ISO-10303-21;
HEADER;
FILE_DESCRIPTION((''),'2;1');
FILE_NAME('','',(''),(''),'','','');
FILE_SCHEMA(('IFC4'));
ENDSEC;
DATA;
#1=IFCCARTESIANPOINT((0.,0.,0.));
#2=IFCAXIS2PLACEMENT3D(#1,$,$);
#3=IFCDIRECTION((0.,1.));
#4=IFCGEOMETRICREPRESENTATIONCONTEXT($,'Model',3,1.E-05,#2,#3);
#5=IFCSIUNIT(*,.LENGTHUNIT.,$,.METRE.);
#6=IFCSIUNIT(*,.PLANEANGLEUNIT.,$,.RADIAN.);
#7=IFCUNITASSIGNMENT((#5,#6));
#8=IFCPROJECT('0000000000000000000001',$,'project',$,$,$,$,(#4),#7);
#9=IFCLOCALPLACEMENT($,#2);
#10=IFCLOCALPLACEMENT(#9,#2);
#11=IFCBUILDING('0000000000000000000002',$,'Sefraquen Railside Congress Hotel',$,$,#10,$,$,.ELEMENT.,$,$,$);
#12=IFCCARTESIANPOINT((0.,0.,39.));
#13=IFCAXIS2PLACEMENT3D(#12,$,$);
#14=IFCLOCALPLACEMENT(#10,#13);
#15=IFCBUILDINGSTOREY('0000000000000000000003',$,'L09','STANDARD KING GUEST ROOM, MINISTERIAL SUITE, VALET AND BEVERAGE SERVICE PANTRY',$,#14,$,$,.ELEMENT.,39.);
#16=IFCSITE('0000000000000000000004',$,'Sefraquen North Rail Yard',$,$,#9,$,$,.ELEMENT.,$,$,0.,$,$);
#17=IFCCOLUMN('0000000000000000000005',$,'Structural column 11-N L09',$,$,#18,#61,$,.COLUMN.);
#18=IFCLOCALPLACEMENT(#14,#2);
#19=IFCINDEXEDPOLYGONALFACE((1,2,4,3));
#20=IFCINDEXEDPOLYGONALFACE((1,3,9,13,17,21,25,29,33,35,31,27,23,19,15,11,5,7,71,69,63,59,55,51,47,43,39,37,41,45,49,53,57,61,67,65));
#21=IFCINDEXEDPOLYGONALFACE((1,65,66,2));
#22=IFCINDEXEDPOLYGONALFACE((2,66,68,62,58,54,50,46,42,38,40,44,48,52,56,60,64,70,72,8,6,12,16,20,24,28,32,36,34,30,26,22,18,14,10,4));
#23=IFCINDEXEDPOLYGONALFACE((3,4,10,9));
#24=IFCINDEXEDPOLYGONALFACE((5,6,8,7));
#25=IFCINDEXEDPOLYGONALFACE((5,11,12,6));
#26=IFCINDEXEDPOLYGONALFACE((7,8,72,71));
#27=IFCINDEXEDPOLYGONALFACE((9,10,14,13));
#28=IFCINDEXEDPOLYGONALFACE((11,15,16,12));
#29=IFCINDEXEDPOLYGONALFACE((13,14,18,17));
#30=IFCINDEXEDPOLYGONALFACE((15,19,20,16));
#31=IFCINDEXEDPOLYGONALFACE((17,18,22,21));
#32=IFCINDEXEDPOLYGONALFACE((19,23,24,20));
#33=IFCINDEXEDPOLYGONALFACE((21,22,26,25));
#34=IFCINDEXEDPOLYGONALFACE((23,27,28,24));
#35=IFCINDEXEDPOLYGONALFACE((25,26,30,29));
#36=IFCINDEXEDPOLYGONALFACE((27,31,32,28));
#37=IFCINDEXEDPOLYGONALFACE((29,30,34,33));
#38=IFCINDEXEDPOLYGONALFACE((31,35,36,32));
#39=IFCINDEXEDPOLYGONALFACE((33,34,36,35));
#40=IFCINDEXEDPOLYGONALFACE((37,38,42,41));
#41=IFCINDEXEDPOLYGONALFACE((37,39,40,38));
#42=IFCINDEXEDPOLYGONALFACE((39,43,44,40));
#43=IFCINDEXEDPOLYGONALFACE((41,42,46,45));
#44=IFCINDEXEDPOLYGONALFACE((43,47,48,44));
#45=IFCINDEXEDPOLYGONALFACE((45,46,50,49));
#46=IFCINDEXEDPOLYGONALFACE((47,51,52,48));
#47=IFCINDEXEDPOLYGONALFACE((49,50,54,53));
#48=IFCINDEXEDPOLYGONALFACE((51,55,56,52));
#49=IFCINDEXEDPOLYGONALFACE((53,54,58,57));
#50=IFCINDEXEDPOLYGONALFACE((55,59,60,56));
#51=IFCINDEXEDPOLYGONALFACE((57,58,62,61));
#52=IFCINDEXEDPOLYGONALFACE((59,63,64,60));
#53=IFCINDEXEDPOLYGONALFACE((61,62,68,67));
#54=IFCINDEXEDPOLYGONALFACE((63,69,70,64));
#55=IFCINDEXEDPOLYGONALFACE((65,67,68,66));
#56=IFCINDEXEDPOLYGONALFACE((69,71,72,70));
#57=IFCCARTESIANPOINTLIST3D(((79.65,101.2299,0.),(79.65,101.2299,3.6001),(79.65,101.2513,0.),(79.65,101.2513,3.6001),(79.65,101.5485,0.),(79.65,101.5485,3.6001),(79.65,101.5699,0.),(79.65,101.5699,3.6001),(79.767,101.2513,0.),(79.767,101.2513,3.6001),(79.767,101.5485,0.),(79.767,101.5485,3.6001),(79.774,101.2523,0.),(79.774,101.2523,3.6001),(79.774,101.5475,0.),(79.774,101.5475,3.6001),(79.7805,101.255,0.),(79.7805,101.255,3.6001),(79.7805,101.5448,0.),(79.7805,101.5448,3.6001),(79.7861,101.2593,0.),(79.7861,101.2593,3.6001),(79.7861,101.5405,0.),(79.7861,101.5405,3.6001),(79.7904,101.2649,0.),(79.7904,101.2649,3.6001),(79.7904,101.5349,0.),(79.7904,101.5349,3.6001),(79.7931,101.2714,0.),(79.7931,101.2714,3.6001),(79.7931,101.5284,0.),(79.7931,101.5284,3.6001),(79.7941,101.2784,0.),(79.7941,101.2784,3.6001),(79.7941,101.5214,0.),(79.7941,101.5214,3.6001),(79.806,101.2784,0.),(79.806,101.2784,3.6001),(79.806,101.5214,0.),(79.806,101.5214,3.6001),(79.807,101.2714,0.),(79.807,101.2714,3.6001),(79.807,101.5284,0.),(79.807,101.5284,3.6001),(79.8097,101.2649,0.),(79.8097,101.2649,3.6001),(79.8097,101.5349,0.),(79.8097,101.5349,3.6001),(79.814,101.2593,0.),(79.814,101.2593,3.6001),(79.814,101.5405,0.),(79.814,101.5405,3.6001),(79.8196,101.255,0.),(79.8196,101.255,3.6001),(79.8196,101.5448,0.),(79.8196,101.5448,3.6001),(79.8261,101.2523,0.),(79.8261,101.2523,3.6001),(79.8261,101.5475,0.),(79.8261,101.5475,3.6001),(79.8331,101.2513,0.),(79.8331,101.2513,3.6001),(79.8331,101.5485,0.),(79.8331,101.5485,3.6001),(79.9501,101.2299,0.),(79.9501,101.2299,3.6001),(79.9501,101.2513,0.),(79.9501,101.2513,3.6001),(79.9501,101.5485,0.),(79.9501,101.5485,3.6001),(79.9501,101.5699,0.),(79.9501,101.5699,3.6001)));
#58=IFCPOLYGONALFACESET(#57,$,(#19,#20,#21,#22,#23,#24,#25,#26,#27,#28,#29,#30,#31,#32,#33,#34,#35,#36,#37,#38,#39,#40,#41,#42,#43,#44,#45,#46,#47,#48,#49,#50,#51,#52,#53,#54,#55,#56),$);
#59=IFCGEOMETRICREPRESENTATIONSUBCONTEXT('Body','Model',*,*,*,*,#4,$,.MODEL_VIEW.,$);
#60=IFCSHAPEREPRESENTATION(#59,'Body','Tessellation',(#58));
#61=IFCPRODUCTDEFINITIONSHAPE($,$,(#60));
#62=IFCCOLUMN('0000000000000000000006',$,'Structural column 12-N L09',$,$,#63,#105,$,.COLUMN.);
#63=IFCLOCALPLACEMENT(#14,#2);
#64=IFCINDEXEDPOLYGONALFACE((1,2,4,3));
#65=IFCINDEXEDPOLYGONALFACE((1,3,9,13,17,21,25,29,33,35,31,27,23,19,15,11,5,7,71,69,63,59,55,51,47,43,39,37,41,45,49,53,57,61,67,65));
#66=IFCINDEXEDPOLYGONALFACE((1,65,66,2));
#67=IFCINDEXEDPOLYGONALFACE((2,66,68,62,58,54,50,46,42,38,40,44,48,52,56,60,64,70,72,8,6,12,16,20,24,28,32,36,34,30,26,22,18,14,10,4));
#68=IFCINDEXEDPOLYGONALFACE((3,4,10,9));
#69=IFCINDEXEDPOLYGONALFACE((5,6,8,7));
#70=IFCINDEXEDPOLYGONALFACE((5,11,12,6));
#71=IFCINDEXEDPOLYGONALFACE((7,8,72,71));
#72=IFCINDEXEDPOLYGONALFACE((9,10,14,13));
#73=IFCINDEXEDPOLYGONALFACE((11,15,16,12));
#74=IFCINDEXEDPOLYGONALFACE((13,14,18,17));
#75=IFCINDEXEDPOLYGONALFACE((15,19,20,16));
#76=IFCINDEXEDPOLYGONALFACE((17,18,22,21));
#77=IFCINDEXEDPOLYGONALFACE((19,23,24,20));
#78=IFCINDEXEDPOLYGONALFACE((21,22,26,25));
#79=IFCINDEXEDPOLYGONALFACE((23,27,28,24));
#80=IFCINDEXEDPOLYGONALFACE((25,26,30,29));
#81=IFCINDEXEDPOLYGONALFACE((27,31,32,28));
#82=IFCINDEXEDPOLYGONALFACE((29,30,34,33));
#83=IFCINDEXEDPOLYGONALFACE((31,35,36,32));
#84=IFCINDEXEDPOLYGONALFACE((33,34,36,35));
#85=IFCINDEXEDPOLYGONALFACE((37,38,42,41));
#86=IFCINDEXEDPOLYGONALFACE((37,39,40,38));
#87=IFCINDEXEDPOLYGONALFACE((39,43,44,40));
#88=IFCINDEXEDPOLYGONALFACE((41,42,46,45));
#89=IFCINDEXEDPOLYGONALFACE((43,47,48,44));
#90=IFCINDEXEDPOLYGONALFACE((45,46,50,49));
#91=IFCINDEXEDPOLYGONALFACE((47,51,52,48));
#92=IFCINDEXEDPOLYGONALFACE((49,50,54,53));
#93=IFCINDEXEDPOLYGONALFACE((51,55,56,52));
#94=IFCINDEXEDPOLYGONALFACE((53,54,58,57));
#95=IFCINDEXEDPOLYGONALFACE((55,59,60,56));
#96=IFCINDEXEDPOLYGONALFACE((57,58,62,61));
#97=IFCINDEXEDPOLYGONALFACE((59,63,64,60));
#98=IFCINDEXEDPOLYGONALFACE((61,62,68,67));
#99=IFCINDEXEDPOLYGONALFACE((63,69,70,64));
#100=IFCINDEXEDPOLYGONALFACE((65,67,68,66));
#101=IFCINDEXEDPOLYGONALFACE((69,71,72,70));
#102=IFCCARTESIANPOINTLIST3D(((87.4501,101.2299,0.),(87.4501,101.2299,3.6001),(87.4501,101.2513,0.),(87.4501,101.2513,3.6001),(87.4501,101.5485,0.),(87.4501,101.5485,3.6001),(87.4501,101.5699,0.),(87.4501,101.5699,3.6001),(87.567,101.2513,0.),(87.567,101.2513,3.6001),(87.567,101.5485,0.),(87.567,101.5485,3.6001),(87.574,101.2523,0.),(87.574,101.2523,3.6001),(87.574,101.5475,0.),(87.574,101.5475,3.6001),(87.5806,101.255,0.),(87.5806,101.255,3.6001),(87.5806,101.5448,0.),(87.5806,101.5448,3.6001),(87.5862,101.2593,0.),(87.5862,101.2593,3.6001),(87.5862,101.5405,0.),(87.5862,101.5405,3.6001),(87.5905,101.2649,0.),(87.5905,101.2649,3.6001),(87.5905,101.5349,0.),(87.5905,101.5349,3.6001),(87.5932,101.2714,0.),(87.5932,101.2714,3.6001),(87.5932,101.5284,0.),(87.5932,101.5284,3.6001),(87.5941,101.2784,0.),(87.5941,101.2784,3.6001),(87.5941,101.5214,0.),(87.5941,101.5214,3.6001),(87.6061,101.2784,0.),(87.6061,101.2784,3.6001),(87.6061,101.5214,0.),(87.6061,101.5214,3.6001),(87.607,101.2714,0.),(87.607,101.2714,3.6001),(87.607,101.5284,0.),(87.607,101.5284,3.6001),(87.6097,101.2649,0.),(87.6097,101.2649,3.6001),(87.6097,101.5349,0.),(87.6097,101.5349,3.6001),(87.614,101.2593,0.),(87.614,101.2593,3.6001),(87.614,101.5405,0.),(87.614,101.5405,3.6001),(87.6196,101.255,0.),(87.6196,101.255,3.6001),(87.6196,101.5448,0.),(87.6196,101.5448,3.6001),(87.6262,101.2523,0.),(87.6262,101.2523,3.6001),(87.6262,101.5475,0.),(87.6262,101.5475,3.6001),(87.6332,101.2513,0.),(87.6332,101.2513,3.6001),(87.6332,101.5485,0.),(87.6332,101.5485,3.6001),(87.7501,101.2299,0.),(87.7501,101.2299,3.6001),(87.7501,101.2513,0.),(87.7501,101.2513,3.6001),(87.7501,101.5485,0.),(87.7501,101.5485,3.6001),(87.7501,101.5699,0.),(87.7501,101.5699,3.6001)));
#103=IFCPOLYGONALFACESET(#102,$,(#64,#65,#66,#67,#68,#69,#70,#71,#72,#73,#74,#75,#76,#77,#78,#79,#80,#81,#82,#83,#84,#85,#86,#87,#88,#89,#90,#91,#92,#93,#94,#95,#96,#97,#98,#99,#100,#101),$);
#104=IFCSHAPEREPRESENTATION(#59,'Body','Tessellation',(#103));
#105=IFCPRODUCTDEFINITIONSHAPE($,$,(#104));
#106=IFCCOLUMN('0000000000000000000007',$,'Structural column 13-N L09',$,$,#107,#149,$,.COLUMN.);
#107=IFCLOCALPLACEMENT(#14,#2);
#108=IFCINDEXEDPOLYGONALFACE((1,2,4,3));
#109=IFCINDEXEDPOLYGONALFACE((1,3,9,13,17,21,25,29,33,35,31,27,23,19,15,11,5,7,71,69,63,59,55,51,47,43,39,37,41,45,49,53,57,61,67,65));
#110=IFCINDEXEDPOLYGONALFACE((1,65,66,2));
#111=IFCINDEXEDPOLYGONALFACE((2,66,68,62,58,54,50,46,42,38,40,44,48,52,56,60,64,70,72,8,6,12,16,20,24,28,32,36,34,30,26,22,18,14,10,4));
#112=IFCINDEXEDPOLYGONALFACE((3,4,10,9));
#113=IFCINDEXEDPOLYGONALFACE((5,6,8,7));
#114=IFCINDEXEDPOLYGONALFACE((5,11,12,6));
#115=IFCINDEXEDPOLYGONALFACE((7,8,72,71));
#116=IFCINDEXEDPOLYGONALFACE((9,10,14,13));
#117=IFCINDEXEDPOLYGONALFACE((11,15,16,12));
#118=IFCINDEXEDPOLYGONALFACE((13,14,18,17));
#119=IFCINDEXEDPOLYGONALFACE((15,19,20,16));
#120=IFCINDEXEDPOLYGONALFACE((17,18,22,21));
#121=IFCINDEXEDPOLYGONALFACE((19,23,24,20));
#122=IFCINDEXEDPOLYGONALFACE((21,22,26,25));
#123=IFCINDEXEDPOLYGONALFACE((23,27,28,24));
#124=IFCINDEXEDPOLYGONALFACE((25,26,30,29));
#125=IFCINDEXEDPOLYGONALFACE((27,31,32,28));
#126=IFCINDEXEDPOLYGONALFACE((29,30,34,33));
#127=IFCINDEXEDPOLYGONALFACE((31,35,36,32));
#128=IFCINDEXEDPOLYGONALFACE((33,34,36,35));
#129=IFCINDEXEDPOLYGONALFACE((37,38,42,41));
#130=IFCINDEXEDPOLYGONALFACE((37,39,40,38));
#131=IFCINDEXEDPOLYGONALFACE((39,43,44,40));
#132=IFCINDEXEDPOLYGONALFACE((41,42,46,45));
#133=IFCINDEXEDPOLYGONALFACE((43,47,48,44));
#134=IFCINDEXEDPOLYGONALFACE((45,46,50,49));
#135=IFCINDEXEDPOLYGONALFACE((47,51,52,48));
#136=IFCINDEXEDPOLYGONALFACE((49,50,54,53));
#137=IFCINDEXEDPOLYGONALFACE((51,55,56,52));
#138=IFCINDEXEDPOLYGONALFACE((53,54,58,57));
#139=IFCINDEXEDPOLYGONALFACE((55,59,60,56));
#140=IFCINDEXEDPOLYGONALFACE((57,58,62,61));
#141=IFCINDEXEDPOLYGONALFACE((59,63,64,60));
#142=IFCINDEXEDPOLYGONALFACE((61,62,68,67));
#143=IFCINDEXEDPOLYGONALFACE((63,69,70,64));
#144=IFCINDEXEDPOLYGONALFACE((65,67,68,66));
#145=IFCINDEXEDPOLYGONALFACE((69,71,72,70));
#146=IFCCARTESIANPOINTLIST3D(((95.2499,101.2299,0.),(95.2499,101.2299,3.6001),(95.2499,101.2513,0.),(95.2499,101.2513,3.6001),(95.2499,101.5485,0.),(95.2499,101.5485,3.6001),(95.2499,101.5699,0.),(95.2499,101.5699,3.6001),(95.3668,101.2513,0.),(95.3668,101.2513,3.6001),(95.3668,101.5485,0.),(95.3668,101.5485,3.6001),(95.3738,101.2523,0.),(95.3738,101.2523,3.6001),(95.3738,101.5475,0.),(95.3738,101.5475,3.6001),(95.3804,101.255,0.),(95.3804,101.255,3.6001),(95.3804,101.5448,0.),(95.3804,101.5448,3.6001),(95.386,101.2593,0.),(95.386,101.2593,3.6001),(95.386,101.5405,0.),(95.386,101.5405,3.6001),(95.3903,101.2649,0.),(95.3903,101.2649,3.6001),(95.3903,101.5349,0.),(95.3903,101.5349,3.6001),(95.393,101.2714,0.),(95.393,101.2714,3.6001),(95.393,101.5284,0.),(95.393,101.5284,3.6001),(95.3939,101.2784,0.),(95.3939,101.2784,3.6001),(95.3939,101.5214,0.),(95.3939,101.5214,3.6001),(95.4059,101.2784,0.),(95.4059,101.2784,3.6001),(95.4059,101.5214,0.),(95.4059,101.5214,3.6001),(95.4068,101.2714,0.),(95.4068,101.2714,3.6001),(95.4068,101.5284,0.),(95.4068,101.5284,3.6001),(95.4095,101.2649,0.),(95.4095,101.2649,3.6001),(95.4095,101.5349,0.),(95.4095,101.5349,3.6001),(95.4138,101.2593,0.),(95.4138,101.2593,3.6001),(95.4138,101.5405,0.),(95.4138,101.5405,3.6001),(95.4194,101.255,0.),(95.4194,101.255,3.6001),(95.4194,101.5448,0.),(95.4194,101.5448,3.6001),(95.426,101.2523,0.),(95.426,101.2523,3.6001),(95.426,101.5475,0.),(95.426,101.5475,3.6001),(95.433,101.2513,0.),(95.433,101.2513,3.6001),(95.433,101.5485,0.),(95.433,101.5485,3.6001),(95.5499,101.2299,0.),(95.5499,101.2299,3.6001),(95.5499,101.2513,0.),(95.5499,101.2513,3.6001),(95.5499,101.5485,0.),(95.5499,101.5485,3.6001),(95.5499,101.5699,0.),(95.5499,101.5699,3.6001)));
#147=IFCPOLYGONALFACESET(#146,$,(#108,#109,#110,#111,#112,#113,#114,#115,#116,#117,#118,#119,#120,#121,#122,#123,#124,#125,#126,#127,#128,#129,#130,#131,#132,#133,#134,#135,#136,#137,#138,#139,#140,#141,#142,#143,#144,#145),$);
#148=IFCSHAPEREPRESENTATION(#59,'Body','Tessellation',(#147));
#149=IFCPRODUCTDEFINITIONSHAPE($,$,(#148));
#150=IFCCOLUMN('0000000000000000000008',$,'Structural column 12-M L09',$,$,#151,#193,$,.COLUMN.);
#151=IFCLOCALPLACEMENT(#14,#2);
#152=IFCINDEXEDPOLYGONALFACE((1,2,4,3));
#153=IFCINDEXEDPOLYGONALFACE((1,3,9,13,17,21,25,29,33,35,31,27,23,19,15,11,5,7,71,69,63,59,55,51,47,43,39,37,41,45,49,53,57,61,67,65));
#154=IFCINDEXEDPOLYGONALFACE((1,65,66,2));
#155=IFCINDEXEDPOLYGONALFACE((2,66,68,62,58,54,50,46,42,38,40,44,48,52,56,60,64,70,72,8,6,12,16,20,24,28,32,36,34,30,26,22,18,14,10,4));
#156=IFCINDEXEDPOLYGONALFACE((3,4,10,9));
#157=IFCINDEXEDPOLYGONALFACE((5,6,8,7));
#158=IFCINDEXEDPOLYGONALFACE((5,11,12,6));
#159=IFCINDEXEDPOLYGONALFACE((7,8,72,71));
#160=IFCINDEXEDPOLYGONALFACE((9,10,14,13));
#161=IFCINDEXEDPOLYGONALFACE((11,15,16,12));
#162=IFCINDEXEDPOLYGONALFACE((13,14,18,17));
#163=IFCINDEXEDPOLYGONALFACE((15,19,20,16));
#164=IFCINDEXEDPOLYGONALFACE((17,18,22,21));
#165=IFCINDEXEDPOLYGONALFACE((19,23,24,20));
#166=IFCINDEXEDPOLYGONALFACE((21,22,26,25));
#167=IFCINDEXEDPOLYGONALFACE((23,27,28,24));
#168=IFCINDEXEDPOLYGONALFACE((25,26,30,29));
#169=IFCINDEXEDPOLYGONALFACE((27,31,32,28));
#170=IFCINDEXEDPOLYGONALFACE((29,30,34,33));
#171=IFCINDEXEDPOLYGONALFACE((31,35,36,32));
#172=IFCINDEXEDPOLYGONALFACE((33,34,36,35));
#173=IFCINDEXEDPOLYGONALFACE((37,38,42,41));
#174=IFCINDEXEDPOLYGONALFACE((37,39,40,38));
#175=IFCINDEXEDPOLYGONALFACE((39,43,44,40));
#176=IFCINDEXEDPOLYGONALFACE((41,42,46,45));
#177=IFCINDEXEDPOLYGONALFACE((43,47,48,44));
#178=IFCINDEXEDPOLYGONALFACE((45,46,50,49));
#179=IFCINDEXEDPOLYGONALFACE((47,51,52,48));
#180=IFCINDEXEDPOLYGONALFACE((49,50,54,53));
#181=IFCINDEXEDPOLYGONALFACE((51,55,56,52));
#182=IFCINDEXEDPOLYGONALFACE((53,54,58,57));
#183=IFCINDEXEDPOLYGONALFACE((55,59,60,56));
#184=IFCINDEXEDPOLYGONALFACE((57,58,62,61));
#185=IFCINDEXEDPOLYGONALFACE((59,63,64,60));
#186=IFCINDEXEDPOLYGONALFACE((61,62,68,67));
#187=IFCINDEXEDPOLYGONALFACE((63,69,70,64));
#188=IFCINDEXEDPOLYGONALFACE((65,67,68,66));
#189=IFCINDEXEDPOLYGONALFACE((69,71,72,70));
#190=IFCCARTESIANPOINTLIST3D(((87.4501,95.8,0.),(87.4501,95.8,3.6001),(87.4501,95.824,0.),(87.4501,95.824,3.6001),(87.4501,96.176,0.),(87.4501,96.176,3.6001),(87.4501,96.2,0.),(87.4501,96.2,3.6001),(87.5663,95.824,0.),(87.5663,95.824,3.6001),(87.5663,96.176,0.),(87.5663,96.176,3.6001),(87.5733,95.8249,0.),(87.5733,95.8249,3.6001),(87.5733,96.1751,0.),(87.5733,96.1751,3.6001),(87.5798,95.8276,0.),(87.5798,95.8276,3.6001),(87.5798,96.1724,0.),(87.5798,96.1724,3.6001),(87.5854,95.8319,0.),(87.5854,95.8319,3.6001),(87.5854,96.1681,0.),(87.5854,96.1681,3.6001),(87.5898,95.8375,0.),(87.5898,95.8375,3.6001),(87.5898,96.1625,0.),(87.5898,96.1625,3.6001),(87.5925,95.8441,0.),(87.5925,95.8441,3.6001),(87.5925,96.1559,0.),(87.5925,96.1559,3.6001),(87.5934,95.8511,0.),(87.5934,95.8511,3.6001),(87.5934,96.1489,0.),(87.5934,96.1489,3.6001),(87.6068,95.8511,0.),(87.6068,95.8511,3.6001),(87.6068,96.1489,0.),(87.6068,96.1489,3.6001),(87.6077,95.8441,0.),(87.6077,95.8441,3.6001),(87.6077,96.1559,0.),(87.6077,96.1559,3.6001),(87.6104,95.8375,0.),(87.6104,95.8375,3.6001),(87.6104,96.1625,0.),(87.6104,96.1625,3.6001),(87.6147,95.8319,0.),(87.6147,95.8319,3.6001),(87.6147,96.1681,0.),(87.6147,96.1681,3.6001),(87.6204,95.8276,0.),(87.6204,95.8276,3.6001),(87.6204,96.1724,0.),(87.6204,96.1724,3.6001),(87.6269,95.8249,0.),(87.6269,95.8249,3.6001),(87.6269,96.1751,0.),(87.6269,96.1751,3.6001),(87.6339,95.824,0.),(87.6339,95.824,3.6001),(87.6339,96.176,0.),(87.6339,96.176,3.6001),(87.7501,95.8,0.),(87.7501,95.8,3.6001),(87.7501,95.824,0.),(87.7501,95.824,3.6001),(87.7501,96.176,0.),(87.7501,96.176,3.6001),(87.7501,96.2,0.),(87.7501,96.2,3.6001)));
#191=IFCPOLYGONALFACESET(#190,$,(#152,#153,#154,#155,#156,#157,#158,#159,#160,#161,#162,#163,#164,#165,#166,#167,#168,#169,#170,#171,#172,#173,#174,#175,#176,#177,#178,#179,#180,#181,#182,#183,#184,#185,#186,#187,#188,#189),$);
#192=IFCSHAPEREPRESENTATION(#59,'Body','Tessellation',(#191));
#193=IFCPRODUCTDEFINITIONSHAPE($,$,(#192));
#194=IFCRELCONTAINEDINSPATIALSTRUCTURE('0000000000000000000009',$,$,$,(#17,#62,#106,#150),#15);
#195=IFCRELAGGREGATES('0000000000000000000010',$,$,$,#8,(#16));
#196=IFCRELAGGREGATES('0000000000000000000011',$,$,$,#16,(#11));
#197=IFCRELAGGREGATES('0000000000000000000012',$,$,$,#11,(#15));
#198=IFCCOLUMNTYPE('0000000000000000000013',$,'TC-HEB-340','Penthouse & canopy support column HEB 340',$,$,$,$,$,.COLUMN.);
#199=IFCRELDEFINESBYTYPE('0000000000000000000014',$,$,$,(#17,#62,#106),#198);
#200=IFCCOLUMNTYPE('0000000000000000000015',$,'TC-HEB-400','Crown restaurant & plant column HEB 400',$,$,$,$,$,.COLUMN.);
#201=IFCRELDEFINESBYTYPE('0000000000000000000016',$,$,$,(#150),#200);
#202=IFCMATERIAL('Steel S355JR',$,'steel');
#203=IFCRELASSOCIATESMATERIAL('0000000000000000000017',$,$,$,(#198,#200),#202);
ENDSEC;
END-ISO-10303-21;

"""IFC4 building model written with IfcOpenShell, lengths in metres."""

from ifc_helpers import new_model, si_unit, direction, frame, origin, origin_2d, place, context, subcontext, project, spatial, i_section, extrude, material, material_profile, profile_set, type_object, element, save


model = new_model("IFC4")

# Units and contexts
model_context = context("Model", 3, precision=1e-05, world=origin(), true_north=direction((0.0, 1.0)))
body_context = subcontext(model_context, "Body", "Model", "MODEL_VIEW")
ifc_project = project(units=[si_unit("LENGTHUNIT", "METRE"), si_unit("PLANEANGLEUNIT", "RADIAN")], contexts=[model_context])

# Site, building, storey
site_placement = place(None, origin())
site = spatial("IfcSite", under=ifc_project, at=site_placement, Name="Sefraquen North Rail Yard", CompositionType="ELEMENT", RefElevation=0.0)
building_placement = place(site_placement, origin())
building = spatial("IfcBuilding", under=site, at=building_placement, Name="Sefraquen Railside Congress Hotel", CompositionType="ELEMENT")
storey_placement = place(building_placement, frame((0.0, 0.0, 39.0)))
storey = spatial("IfcBuildingStorey", under=building, at=storey_placement, Name="L09", Description="STANDARD KING GUEST ROOM, MINISTERIAL SUITE, VALET AND BEVERAGE SERVICE PANTRY", CompositionType="ELEMENT", Elevation=39.0)

# Columns
ifc_material_1 = material(Name="Steel S355JR", Category="steel")
ifc_material_profile_1 = material_profile(ifc_material_1, i_section(OverallWidth=0.3, OverallDepth=0.3401, WebThickness=0.012, FlangeThickness=0.0215, FilletRadius=0.0271, at=origin_2d()), Name="HEB 340")
ifc_profile_set_1 = profile_set([ifc_material_profile_1], Name="Steel S355JR")
column_type_1 = type_object("IfcColumnType", Name="TC-HEB-340", Description="Penthouse & canopy support column HEB 340", PredefinedType="COLUMN", material=ifc_profile_set_1)
for number, where, z_axis, x_axis, name in (
    (1, (79.8, 101.3999, 0.0), (0.0, 0.0, 1.0), (1.0, 0.0, 0.0), "Structural column 11-N L09"),
    (2, (87.6001, 101.3999, 0.0), (0.0, 0.0, 1.0), (1.0, 0.0, 0.0), "Structural column 12-N L09"),
    (3, (95.3999, 101.3999, 0.0), (0.0, 0.0, 1.0), (1.0, 0.0, 0.0), "Structural column 13-N L09"),
):
    element("IfcColumn", number, at=place(storey_placement, frame(where, z_axis=z_axis, x_axis=x_axis)), inside=storey, type_object=column_type_1, Name=name, PredefinedType="COLUMN", context=body_context, shape_type="SweptSolid", body=[
        extrude(i_section(OverallWidth=0.3, OverallDepth=0.3401, WebThickness=0.012, FlangeThickness=0.0215, FilletRadius=0.0271, at=origin_2d()), origin(), (0.0, 0.0, 1.0), 3.6001),
    ])
ifc_material_profile_2 = material_profile(ifc_material_1, i_section(OverallWidth=0.3, OverallDepth=0.3999, WebThickness=0.0134, FlangeThickness=0.0239, FilletRadius=0.0271, at=origin_2d()), Name="HEB 400")
ifc_profile_set_2 = profile_set([ifc_material_profile_2], Name="Steel S355JR")
column_type_2 = type_object("IfcColumnType", Name="TC-HEB-400", Description="Crown restaurant & plant column HEB 400", PredefinedType="COLUMN", material=ifc_profile_set_2)
for number, where, z_axis, x_axis, name in (
    (4, (87.6001, 96.0, 0.0), (0.0, 0.0, 1.0), (1.0, 0.0, 0.0), "Structural column 12-M L09"),
):
    element("IfcColumn", number, at=place(storey_placement, frame(where, z_axis=z_axis, x_axis=x_axis)), inside=storey, type_object=column_type_2, Name=name, PredefinedType="COLUMN", context=body_context, shape_type="SweptSolid", body=[
        extrude(i_section(OverallWidth=0.3, OverallDepth=0.3999, WebThickness=0.0134, FlangeThickness=0.0239, FilletRadius=0.0271, at=origin_2d()), origin(), (0.0, 0.0, 1.0), 3.6001),
    ])

save(model, "model.ifc")
